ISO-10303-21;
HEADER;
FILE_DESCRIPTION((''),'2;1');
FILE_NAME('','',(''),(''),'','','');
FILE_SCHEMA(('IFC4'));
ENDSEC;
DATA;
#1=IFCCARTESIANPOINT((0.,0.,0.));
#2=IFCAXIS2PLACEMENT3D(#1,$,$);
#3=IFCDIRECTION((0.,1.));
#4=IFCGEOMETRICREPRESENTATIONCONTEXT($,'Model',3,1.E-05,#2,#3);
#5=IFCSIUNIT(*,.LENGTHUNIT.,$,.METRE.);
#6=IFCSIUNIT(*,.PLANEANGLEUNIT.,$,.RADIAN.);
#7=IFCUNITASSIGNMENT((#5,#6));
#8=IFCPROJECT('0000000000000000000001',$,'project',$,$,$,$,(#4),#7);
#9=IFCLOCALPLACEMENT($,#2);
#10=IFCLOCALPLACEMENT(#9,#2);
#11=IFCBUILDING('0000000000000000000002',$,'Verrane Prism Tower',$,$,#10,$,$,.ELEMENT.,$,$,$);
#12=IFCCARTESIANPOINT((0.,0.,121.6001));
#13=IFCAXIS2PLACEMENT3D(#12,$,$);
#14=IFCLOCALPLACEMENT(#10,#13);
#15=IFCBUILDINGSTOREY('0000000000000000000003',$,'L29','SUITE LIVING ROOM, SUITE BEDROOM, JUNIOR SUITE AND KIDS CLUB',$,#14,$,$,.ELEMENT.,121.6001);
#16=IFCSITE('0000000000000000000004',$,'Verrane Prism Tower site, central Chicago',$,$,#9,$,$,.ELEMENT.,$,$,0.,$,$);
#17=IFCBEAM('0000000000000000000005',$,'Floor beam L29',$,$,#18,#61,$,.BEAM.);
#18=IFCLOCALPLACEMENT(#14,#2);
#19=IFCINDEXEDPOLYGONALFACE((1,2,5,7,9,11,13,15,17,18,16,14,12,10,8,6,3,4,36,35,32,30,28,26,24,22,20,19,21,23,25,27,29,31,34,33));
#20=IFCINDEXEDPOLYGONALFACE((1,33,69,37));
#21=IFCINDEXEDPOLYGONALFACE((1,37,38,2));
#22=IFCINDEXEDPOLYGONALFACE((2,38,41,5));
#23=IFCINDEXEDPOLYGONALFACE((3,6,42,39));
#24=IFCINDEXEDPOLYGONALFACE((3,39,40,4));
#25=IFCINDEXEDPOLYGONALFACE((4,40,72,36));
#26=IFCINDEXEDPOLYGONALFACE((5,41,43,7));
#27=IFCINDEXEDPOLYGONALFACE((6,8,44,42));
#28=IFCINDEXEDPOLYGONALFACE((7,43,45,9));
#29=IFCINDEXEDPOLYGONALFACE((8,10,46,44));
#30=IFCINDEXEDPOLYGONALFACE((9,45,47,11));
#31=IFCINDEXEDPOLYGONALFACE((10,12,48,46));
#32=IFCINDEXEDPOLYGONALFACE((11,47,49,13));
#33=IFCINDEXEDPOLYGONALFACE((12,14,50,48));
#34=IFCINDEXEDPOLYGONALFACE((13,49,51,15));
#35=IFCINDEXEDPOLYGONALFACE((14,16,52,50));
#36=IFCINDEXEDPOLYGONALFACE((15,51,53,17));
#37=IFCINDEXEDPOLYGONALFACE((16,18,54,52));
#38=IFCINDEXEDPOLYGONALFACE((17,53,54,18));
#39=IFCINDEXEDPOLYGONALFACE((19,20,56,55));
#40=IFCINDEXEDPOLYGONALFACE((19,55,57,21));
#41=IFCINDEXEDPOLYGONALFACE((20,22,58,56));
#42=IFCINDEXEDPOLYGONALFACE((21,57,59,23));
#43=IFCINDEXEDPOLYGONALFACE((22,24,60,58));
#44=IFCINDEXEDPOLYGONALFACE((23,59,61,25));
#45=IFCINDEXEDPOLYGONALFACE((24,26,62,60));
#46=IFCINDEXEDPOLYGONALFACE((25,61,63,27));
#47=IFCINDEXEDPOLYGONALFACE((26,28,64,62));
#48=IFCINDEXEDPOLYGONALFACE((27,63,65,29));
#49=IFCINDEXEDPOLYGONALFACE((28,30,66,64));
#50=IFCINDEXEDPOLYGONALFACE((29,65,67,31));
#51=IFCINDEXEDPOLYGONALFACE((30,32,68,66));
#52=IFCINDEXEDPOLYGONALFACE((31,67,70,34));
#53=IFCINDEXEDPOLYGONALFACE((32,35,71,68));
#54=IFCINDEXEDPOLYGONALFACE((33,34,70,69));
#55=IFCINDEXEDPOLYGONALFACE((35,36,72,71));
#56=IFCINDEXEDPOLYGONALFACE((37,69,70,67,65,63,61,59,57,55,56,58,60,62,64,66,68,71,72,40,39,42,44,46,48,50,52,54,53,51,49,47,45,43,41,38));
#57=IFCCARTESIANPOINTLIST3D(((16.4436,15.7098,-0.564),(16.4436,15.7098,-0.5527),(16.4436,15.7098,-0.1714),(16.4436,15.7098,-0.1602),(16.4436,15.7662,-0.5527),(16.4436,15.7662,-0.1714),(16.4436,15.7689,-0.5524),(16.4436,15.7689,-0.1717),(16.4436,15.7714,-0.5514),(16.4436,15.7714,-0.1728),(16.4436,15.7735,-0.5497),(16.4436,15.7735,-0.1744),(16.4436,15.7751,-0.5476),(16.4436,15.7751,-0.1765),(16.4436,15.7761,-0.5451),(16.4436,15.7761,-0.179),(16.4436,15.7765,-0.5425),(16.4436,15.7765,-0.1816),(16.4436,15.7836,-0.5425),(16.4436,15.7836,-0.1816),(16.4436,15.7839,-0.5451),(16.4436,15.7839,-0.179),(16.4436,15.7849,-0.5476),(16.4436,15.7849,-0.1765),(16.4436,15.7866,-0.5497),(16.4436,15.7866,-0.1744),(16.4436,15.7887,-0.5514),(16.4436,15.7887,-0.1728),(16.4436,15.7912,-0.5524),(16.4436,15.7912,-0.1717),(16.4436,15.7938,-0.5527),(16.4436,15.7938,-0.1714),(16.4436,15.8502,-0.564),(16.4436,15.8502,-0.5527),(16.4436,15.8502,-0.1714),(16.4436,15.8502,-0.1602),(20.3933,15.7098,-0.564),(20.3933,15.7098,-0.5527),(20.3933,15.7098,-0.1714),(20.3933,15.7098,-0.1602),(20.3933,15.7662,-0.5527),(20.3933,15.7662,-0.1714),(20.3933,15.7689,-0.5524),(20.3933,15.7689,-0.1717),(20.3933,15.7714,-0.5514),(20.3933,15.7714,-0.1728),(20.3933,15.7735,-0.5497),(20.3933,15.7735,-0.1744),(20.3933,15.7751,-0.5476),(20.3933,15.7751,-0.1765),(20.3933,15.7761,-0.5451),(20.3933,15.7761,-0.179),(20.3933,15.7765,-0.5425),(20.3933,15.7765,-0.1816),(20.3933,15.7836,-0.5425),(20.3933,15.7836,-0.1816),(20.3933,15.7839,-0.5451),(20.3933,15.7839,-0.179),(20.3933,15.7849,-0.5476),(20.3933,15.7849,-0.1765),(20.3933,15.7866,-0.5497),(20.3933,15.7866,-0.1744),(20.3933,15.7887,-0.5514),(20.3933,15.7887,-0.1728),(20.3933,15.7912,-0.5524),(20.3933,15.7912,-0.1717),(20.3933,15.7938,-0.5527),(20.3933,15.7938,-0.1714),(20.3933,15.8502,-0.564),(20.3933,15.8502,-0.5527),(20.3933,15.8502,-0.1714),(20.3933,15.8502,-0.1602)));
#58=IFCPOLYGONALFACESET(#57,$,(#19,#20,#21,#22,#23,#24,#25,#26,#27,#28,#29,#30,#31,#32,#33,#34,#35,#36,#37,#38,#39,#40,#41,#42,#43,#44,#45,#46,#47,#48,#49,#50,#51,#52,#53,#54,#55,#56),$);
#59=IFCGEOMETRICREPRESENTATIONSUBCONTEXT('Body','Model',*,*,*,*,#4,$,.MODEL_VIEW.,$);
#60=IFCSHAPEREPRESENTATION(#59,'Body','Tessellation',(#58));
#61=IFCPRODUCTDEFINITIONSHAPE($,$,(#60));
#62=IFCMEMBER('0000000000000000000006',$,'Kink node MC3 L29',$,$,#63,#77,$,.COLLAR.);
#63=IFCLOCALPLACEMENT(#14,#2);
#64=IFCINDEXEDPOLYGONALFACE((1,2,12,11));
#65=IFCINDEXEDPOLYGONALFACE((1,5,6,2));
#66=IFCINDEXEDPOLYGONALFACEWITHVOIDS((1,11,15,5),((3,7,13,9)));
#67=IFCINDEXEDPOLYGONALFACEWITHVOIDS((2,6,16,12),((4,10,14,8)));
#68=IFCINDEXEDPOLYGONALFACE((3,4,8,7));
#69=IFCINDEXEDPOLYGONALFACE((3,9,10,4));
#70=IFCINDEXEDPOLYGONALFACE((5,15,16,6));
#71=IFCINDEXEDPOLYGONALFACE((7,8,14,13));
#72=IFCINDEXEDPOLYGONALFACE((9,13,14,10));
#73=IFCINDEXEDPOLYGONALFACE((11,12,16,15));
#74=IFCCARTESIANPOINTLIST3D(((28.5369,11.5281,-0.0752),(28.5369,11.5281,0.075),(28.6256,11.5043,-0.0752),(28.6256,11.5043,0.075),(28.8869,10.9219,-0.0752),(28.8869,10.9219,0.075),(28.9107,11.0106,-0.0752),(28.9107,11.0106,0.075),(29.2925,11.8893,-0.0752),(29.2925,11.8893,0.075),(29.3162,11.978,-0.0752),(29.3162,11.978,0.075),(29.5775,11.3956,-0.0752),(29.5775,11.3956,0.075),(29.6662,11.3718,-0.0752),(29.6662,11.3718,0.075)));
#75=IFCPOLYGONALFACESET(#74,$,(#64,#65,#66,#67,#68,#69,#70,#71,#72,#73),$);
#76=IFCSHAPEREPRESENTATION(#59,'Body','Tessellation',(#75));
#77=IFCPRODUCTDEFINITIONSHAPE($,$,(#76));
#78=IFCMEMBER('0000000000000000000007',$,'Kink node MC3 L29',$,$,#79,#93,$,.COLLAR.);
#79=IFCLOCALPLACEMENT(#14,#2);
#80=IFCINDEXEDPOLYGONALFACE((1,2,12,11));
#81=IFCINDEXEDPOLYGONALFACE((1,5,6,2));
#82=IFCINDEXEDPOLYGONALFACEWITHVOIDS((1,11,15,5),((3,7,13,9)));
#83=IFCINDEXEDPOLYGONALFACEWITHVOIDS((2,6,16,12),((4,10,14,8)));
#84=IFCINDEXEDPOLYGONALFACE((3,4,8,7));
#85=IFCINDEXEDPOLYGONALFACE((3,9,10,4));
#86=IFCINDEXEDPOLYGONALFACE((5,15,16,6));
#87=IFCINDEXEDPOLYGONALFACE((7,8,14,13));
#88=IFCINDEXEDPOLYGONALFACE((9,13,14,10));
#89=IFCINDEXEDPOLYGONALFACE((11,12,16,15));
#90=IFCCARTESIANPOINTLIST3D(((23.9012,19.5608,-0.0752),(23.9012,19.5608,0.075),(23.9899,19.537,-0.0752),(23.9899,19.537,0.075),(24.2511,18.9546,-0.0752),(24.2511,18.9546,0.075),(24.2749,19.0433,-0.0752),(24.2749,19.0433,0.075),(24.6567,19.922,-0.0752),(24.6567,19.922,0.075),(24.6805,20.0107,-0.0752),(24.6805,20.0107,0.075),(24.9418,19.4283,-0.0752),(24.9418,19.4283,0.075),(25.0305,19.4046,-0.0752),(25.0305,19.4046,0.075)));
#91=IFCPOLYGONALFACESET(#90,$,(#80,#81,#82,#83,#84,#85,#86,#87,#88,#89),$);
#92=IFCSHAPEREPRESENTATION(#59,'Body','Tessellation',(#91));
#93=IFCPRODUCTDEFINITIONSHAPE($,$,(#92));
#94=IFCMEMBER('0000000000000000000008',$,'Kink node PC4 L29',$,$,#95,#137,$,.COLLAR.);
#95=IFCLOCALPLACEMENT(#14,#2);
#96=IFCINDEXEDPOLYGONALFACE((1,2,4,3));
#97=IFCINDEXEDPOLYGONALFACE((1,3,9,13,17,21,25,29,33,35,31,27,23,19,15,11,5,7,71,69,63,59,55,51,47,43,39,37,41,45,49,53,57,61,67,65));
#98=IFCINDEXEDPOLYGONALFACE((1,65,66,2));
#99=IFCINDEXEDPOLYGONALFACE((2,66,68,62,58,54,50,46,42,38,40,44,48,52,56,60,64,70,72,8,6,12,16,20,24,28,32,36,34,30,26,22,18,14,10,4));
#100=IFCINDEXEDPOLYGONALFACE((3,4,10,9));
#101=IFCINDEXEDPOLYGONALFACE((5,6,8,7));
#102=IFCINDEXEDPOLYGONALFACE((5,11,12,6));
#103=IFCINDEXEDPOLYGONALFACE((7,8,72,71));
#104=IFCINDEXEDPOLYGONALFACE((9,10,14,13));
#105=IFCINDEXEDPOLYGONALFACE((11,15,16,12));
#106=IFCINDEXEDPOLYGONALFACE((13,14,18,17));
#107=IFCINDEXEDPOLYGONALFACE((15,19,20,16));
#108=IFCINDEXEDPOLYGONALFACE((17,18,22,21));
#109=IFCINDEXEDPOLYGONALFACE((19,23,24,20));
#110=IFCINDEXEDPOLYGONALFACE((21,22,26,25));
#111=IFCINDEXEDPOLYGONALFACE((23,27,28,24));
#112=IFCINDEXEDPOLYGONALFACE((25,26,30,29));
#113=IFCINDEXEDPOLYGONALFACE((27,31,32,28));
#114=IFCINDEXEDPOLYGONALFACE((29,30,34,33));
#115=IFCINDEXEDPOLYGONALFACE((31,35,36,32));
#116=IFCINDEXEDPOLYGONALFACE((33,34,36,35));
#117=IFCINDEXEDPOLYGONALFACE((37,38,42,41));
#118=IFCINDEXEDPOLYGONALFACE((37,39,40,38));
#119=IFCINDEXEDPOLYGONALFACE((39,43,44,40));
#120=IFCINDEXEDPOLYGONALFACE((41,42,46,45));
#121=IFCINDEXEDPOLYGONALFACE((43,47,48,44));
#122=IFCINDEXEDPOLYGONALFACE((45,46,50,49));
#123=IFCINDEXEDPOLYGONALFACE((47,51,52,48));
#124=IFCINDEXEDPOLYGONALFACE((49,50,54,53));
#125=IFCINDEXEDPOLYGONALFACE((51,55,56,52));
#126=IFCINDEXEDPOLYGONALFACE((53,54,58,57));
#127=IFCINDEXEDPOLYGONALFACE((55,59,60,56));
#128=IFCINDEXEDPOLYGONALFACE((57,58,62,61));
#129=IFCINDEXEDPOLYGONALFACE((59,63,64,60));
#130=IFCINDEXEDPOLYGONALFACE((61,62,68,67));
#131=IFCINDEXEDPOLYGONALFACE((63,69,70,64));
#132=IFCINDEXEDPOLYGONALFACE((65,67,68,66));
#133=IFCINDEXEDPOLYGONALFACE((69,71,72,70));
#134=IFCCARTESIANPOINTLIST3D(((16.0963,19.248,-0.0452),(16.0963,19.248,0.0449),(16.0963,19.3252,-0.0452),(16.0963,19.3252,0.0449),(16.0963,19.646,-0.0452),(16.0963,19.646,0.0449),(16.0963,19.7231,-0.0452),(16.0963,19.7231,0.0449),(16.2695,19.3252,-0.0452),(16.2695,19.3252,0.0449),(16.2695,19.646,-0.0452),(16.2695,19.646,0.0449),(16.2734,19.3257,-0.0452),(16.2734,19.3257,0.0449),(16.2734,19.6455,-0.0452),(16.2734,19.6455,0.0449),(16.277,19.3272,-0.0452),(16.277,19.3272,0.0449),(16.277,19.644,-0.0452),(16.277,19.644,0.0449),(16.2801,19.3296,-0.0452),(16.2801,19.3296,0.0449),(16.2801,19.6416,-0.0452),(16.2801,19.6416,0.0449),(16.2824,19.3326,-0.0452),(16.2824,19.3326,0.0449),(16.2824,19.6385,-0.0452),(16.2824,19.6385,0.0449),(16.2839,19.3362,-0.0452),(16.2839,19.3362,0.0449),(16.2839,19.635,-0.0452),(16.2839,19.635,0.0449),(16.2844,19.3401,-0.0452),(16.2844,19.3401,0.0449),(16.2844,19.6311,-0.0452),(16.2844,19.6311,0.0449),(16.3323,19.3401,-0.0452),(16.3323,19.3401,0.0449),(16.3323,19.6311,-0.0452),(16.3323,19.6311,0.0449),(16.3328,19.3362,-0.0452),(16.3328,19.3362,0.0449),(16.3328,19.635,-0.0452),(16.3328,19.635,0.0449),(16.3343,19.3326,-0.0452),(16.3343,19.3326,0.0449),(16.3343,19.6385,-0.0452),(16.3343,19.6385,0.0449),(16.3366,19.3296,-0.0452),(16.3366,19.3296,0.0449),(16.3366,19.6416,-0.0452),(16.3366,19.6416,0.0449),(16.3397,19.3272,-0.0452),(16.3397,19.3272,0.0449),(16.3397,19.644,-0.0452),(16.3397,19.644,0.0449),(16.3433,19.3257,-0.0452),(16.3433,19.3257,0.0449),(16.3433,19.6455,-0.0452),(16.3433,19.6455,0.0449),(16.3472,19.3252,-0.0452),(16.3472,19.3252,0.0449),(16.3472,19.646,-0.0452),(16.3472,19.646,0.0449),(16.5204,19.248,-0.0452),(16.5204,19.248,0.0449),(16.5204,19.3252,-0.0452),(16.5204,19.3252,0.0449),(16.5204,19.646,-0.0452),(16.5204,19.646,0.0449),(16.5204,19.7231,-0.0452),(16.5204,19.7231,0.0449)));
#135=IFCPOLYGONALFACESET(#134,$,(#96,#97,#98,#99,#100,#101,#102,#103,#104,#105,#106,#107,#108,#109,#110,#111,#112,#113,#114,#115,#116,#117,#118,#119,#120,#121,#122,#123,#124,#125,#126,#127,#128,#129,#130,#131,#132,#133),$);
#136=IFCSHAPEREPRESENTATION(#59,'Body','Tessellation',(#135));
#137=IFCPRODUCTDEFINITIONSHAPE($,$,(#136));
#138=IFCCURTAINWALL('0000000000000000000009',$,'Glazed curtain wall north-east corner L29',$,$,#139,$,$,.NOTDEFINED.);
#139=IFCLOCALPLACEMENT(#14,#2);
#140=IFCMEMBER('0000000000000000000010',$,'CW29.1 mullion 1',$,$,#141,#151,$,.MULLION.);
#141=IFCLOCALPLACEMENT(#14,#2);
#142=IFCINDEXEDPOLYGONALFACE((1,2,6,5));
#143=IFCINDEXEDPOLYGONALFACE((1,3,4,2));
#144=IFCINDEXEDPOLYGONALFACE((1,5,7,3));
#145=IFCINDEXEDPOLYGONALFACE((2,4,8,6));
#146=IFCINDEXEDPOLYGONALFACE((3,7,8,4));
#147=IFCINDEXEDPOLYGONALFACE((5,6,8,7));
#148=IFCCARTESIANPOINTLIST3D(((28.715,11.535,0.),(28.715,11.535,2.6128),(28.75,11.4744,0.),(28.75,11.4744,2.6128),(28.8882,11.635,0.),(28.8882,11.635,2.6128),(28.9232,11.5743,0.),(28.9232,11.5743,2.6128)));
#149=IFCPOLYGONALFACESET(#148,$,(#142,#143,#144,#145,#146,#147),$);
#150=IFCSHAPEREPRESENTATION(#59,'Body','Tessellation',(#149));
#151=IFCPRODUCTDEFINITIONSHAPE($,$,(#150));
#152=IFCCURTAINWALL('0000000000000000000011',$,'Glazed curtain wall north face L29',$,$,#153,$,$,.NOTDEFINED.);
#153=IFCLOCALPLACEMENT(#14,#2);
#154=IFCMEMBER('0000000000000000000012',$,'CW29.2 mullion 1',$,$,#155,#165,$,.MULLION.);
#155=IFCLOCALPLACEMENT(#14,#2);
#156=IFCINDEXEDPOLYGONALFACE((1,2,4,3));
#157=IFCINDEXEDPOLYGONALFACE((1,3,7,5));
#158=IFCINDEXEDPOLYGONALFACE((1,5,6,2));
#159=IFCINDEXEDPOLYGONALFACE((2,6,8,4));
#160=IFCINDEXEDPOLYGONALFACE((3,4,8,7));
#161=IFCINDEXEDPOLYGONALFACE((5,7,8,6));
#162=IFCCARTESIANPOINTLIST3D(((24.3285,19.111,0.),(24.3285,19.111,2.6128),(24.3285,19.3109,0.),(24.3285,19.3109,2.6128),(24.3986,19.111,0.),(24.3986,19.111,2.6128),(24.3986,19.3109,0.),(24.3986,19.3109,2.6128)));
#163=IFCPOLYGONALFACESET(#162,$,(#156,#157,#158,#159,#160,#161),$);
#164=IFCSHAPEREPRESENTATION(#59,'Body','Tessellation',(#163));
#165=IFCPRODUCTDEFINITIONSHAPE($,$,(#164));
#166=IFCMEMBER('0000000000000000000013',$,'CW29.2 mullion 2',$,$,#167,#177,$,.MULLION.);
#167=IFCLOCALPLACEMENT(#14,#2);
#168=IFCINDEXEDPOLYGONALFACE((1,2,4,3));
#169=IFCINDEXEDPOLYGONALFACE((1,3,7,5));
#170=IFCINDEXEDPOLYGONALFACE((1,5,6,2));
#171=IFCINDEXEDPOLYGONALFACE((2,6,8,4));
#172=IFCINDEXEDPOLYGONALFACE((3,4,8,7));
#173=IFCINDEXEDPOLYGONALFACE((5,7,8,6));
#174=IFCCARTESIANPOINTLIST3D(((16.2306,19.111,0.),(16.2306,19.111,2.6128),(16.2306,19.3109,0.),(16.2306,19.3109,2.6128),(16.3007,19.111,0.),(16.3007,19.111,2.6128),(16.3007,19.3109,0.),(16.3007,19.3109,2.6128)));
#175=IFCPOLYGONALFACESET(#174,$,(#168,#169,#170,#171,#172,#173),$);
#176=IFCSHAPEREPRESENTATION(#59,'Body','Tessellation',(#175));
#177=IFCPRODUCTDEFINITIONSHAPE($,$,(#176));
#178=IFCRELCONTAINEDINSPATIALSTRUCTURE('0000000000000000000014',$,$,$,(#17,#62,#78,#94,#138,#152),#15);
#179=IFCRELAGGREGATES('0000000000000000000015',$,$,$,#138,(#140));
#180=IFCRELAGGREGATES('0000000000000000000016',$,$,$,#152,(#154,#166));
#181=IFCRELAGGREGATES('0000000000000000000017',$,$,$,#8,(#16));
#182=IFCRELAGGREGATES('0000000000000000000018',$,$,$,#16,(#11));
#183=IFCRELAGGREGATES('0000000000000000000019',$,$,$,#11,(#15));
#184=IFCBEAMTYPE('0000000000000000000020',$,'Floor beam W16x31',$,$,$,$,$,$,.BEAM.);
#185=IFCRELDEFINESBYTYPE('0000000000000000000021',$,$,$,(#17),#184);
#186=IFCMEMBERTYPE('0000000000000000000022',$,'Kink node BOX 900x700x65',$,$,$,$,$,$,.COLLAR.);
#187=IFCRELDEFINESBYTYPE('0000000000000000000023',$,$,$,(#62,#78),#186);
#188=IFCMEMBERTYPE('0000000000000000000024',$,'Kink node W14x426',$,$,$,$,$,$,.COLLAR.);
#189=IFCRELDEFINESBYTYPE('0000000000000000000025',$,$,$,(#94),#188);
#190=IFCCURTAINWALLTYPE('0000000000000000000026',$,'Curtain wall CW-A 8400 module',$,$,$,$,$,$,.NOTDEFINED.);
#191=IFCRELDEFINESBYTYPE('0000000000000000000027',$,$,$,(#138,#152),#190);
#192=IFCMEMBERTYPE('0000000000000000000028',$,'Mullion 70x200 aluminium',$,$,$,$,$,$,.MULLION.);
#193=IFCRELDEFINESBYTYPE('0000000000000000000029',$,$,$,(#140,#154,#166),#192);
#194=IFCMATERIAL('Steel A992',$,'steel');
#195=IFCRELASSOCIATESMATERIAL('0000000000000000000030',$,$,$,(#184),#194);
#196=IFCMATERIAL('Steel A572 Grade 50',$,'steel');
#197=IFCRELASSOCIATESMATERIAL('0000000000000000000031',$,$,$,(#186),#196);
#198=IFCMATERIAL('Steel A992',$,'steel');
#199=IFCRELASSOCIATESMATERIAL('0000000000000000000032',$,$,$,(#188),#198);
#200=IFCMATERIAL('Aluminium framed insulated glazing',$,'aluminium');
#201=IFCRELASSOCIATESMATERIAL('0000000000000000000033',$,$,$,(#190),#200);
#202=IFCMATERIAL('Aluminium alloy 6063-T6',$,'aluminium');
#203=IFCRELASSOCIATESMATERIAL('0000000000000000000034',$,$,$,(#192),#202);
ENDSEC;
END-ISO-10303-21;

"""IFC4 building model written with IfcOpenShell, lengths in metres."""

from ifc_helpers import new_model, si_unit, direction, frame, origin, origin_2d, place, context, subcontext, project, spatial, rectangle, hollow_rectangle, i_section, extrude, material, material_profile, profile_set, type_object, element, aggregate, save


model = new_model("IFC4")

# Units and contexts
model_context = context("Model", 3, precision=1e-05, world=origin(), true_north=direction((0.0, 1.0)))
body_context = subcontext(model_context, "Body", "Model", "MODEL_VIEW")
ifc_project = project(units=[si_unit("LENGTHUNIT", "METRE"), si_unit("PLANEANGLEUNIT", "RADIAN")], contexts=[model_context])

# Site, building, storey
site_placement = place(None, origin())
site = spatial("IfcSite", under=ifc_project, at=site_placement, Name="Verrane Prism Tower site, central Chicago", CompositionType="ELEMENT", RefElevation=0.0)
building_placement = place(site_placement, origin())
building = spatial("IfcBuilding", under=site, at=building_placement, Name="Verrane Prism Tower", CompositionType="ELEMENT")
storey_placement = place(building_placement, frame((0.0, 0.0, 121.6001)))
storey = spatial("IfcBuildingStorey", under=building, at=storey_placement, Name="L29", Description="SUITE LIVING ROOM, SUITE BEDROOM, JUNIOR SUITE AND KIDS CLUB", CompositionType="ELEMENT", Elevation=121.6001)

# Beam
ifc_material_1 = material(Name="Steel A992", Category="steel")
ifc_material_profile_1 = material_profile(ifc_material_1, i_section(OverallWidth=0.1404, OverallDepth=0.4038, WebThickness=0.0071, FlangeThickness=0.0112, FilletRadius=0.0103, at=origin_2d()), Name="W16x31")
ifc_profile_set_1 = profile_set([ifc_material_profile_1], Name="Steel A992")
beam_type_1 = type_object("IfcBeamType", Name="Floor beam W16x31", PredefinedType="BEAM", material=ifc_profile_set_1)
beam_1_placement = place(storey_placement, frame((16.4436, 15.78, -0.3621), z_axis=(1.0, 0.0, 0.0), x_axis=(0.0, 1.0, 0.0)))
element("IfcBeam", 1, at=beam_1_placement, inside=storey, type_object=beam_type_1, Name="Floor beam L29", PredefinedType="BEAM", context=body_context, shape_type="SweptSolid", body=[
    extrude(i_section(OverallWidth=0.1404, OverallDepth=0.4038, WebThickness=0.0071, FlangeThickness=0.0112, FilletRadius=0.0103, at=origin_2d()), origin(), (0.0, 0.0, 1.0), 3.9497),
])

# Members
ifc_material_2 = material(Name="Steel A572 Grade 50", Category="steel")
ifc_material_profile_2 = material_profile(ifc_material_2, hollow_rectangle(XDim=0.7, YDim=0.8999, WallThickness=0.0649, at=origin_2d()), Name="BOX 900x700x65")
ifc_profile_set_2 = profile_set([ifc_material_profile_2], Name="Steel A572 Grade 50")
member_type_1 = type_object("IfcMemberType", Name="Kink node BOX 900x700x65", PredefinedType="COLLAR", material=ifc_profile_set_2)
for number, where, z_axis, x_axis, name in (
    (2, (29.1016, 11.45, -0.0752), (0.0, 0.0, 1.0), (0.5, -0.866025, 0.0), "Kink node MC3 L29"),
    (3, (24.4658, 19.4827, -0.0752), (0.0, 0.0, 1.0), (0.5, -0.866025, 0.0), "Kink node MC3 L29"),
):
    element("IfcMember", number, at=place(storey_placement, frame(where, z_axis=z_axis, x_axis=x_axis)), inside=storey, type_object=member_type_1, Name=name, PredefinedType="COLLAR", context=body_context, shape_type="SweptSolid", body=[
        extrude(hollow_rectangle(XDim=0.7, YDim=0.8999, WallThickness=0.0649, at=origin_2d()), origin(), (0.0, 0.0, 1.0), 0.1501),
    ])
ifc_material_3 = material(Name="Steel A992", Category="steel")
ifc_material_profile_3 = material_profile(ifc_material_3, i_section(OverallWidth=0.4241, OverallDepth=0.4751, WebThickness=0.0479, FlangeThickness=0.0771, FilletRadius=0.0149, at=origin_2d()), Name="W14x426")
ifc_profile_set_3 = profile_set([ifc_material_profile_3], Name="Steel A992")
member_type_2 = type_object("IfcMemberType", Name="Kink node W14x426", PredefinedType="COLLAR", material=ifc_profile_set_3)
member_1_placement = place(storey_placement, frame((16.3083, 19.4856, -0.0452), z_axis=(0.0, 0.0, 1.0), x_axis=(1.0, 0.0, 0.0)))
element("IfcMember", 4, at=member_1_placement, inside=storey, type_object=member_type_2, Name="Kink node PC4 L29", PredefinedType="COLLAR", context=body_context, shape_type="SweptSolid", body=[
    extrude(i_section(OverallWidth=0.4241, OverallDepth=0.4751, WebThickness=0.0479, FlangeThickness=0.0771, FilletRadius=0.0149, at=origin_2d()), origin(), (0.0, 0.0, 1.0), 0.0901),
])

# Curtain wall, member
ifc_material_4 = material(Name="Aluminium framed insulated glazing", Category="aluminium")
curtain_wall_type = type_object("IfcCurtainWallType", Name="Curtain wall CW-A 8400 module", PredefinedType="NOTDEFINED", material=ifc_material_4)
curtain_wall_1_placement = place(storey_placement, origin())
curtain_wall_1 = element("IfcCurtainWall", 5, at=curtain_wall_1_placement, inside=storey, type_object=curtain_wall_type, Name="Glazed curtain wall north-east corner L29", PredefinedType="NOTDEFINED")
ifc_material_5 = material(Name="Aluminium alloy 6063-T6", Category="aluminium")
ifc_material_profile_4 = material_profile(ifc_material_5, rectangle(XDim=0.2, YDim=0.0701, at=origin_2d()), Name="Mullion 70x200 aluminium")
ifc_profile_set_4 = profile_set([ifc_material_profile_4], Name="Aluminium alloy 6063-T6")
member_type_3 = type_object("IfcMemberType", Name="Mullion 70x200 aluminium", PredefinedType="MULLION", material=ifc_profile_set_4)
member_2_placement = place(storey_placement, frame((28.8191, 11.5547, 0.0), z_axis=(0.0, 0.0, 1.0), x_axis=(-0.866026, -0.499998, 0.0)))
member_2 = element("IfcMember", 6, at=member_2_placement, type_object=member_type_3, Name="CW29.1 mullion 1", PredefinedType="MULLION", context=body_context, shape_type="SweptSolid", body=[
    extrude(rectangle(XDim=0.2, YDim=0.0701, at=origin_2d()), origin(), (0.0, 0.0, 1.0), 2.6128),
])

# Curtain wall, members
curtain_wall_2_placement = place(storey_placement, origin())
curtain_wall_2 = element("IfcCurtainWall", 7, at=curtain_wall_2_placement, inside=storey, type_object=curtain_wall_type, Name="Glazed curtain wall north face L29", PredefinedType="NOTDEFINED")
member_3_placement = place(storey_placement, frame((24.3635, 19.2109, 0.0), z_axis=(0.0, 0.0, 1.0), x_axis=(0.0, -1.0, 0.0)))
member_3 = element("IfcMember", 8, at=member_3_placement, type_object=member_type_3, Name="CW29.2 mullion 1", PredefinedType="MULLION", context=body_context, shape_type="SweptSolid", body=[
    extrude(rectangle(XDim=0.2, YDim=0.0701, at=origin_2d()), origin(), (0.0, 0.0, 1.0), 2.6128),
])
member_4_placement = place(storey_placement, frame((16.2656, 19.2109, 0.0), z_axis=(0.0, 0.0, 1.0), x_axis=(0.0, -1.0, 0.0)))
member_4 = element("IfcMember", 9, at=member_4_placement, type_object=member_type_3, Name="CW29.2 mullion 2", PredefinedType="MULLION", context=body_context, shape_type="SweptSolid", body=[
    extrude(rectangle(XDim=0.2, YDim=0.0701, at=origin_2d()), origin(), (0.0, 0.0, 1.0), 2.6128),
])

aggregate(curtain_wall_1, [member_2])
aggregate(curtain_wall_2, [member_3, member_4])

save(model, "model.ifc")
